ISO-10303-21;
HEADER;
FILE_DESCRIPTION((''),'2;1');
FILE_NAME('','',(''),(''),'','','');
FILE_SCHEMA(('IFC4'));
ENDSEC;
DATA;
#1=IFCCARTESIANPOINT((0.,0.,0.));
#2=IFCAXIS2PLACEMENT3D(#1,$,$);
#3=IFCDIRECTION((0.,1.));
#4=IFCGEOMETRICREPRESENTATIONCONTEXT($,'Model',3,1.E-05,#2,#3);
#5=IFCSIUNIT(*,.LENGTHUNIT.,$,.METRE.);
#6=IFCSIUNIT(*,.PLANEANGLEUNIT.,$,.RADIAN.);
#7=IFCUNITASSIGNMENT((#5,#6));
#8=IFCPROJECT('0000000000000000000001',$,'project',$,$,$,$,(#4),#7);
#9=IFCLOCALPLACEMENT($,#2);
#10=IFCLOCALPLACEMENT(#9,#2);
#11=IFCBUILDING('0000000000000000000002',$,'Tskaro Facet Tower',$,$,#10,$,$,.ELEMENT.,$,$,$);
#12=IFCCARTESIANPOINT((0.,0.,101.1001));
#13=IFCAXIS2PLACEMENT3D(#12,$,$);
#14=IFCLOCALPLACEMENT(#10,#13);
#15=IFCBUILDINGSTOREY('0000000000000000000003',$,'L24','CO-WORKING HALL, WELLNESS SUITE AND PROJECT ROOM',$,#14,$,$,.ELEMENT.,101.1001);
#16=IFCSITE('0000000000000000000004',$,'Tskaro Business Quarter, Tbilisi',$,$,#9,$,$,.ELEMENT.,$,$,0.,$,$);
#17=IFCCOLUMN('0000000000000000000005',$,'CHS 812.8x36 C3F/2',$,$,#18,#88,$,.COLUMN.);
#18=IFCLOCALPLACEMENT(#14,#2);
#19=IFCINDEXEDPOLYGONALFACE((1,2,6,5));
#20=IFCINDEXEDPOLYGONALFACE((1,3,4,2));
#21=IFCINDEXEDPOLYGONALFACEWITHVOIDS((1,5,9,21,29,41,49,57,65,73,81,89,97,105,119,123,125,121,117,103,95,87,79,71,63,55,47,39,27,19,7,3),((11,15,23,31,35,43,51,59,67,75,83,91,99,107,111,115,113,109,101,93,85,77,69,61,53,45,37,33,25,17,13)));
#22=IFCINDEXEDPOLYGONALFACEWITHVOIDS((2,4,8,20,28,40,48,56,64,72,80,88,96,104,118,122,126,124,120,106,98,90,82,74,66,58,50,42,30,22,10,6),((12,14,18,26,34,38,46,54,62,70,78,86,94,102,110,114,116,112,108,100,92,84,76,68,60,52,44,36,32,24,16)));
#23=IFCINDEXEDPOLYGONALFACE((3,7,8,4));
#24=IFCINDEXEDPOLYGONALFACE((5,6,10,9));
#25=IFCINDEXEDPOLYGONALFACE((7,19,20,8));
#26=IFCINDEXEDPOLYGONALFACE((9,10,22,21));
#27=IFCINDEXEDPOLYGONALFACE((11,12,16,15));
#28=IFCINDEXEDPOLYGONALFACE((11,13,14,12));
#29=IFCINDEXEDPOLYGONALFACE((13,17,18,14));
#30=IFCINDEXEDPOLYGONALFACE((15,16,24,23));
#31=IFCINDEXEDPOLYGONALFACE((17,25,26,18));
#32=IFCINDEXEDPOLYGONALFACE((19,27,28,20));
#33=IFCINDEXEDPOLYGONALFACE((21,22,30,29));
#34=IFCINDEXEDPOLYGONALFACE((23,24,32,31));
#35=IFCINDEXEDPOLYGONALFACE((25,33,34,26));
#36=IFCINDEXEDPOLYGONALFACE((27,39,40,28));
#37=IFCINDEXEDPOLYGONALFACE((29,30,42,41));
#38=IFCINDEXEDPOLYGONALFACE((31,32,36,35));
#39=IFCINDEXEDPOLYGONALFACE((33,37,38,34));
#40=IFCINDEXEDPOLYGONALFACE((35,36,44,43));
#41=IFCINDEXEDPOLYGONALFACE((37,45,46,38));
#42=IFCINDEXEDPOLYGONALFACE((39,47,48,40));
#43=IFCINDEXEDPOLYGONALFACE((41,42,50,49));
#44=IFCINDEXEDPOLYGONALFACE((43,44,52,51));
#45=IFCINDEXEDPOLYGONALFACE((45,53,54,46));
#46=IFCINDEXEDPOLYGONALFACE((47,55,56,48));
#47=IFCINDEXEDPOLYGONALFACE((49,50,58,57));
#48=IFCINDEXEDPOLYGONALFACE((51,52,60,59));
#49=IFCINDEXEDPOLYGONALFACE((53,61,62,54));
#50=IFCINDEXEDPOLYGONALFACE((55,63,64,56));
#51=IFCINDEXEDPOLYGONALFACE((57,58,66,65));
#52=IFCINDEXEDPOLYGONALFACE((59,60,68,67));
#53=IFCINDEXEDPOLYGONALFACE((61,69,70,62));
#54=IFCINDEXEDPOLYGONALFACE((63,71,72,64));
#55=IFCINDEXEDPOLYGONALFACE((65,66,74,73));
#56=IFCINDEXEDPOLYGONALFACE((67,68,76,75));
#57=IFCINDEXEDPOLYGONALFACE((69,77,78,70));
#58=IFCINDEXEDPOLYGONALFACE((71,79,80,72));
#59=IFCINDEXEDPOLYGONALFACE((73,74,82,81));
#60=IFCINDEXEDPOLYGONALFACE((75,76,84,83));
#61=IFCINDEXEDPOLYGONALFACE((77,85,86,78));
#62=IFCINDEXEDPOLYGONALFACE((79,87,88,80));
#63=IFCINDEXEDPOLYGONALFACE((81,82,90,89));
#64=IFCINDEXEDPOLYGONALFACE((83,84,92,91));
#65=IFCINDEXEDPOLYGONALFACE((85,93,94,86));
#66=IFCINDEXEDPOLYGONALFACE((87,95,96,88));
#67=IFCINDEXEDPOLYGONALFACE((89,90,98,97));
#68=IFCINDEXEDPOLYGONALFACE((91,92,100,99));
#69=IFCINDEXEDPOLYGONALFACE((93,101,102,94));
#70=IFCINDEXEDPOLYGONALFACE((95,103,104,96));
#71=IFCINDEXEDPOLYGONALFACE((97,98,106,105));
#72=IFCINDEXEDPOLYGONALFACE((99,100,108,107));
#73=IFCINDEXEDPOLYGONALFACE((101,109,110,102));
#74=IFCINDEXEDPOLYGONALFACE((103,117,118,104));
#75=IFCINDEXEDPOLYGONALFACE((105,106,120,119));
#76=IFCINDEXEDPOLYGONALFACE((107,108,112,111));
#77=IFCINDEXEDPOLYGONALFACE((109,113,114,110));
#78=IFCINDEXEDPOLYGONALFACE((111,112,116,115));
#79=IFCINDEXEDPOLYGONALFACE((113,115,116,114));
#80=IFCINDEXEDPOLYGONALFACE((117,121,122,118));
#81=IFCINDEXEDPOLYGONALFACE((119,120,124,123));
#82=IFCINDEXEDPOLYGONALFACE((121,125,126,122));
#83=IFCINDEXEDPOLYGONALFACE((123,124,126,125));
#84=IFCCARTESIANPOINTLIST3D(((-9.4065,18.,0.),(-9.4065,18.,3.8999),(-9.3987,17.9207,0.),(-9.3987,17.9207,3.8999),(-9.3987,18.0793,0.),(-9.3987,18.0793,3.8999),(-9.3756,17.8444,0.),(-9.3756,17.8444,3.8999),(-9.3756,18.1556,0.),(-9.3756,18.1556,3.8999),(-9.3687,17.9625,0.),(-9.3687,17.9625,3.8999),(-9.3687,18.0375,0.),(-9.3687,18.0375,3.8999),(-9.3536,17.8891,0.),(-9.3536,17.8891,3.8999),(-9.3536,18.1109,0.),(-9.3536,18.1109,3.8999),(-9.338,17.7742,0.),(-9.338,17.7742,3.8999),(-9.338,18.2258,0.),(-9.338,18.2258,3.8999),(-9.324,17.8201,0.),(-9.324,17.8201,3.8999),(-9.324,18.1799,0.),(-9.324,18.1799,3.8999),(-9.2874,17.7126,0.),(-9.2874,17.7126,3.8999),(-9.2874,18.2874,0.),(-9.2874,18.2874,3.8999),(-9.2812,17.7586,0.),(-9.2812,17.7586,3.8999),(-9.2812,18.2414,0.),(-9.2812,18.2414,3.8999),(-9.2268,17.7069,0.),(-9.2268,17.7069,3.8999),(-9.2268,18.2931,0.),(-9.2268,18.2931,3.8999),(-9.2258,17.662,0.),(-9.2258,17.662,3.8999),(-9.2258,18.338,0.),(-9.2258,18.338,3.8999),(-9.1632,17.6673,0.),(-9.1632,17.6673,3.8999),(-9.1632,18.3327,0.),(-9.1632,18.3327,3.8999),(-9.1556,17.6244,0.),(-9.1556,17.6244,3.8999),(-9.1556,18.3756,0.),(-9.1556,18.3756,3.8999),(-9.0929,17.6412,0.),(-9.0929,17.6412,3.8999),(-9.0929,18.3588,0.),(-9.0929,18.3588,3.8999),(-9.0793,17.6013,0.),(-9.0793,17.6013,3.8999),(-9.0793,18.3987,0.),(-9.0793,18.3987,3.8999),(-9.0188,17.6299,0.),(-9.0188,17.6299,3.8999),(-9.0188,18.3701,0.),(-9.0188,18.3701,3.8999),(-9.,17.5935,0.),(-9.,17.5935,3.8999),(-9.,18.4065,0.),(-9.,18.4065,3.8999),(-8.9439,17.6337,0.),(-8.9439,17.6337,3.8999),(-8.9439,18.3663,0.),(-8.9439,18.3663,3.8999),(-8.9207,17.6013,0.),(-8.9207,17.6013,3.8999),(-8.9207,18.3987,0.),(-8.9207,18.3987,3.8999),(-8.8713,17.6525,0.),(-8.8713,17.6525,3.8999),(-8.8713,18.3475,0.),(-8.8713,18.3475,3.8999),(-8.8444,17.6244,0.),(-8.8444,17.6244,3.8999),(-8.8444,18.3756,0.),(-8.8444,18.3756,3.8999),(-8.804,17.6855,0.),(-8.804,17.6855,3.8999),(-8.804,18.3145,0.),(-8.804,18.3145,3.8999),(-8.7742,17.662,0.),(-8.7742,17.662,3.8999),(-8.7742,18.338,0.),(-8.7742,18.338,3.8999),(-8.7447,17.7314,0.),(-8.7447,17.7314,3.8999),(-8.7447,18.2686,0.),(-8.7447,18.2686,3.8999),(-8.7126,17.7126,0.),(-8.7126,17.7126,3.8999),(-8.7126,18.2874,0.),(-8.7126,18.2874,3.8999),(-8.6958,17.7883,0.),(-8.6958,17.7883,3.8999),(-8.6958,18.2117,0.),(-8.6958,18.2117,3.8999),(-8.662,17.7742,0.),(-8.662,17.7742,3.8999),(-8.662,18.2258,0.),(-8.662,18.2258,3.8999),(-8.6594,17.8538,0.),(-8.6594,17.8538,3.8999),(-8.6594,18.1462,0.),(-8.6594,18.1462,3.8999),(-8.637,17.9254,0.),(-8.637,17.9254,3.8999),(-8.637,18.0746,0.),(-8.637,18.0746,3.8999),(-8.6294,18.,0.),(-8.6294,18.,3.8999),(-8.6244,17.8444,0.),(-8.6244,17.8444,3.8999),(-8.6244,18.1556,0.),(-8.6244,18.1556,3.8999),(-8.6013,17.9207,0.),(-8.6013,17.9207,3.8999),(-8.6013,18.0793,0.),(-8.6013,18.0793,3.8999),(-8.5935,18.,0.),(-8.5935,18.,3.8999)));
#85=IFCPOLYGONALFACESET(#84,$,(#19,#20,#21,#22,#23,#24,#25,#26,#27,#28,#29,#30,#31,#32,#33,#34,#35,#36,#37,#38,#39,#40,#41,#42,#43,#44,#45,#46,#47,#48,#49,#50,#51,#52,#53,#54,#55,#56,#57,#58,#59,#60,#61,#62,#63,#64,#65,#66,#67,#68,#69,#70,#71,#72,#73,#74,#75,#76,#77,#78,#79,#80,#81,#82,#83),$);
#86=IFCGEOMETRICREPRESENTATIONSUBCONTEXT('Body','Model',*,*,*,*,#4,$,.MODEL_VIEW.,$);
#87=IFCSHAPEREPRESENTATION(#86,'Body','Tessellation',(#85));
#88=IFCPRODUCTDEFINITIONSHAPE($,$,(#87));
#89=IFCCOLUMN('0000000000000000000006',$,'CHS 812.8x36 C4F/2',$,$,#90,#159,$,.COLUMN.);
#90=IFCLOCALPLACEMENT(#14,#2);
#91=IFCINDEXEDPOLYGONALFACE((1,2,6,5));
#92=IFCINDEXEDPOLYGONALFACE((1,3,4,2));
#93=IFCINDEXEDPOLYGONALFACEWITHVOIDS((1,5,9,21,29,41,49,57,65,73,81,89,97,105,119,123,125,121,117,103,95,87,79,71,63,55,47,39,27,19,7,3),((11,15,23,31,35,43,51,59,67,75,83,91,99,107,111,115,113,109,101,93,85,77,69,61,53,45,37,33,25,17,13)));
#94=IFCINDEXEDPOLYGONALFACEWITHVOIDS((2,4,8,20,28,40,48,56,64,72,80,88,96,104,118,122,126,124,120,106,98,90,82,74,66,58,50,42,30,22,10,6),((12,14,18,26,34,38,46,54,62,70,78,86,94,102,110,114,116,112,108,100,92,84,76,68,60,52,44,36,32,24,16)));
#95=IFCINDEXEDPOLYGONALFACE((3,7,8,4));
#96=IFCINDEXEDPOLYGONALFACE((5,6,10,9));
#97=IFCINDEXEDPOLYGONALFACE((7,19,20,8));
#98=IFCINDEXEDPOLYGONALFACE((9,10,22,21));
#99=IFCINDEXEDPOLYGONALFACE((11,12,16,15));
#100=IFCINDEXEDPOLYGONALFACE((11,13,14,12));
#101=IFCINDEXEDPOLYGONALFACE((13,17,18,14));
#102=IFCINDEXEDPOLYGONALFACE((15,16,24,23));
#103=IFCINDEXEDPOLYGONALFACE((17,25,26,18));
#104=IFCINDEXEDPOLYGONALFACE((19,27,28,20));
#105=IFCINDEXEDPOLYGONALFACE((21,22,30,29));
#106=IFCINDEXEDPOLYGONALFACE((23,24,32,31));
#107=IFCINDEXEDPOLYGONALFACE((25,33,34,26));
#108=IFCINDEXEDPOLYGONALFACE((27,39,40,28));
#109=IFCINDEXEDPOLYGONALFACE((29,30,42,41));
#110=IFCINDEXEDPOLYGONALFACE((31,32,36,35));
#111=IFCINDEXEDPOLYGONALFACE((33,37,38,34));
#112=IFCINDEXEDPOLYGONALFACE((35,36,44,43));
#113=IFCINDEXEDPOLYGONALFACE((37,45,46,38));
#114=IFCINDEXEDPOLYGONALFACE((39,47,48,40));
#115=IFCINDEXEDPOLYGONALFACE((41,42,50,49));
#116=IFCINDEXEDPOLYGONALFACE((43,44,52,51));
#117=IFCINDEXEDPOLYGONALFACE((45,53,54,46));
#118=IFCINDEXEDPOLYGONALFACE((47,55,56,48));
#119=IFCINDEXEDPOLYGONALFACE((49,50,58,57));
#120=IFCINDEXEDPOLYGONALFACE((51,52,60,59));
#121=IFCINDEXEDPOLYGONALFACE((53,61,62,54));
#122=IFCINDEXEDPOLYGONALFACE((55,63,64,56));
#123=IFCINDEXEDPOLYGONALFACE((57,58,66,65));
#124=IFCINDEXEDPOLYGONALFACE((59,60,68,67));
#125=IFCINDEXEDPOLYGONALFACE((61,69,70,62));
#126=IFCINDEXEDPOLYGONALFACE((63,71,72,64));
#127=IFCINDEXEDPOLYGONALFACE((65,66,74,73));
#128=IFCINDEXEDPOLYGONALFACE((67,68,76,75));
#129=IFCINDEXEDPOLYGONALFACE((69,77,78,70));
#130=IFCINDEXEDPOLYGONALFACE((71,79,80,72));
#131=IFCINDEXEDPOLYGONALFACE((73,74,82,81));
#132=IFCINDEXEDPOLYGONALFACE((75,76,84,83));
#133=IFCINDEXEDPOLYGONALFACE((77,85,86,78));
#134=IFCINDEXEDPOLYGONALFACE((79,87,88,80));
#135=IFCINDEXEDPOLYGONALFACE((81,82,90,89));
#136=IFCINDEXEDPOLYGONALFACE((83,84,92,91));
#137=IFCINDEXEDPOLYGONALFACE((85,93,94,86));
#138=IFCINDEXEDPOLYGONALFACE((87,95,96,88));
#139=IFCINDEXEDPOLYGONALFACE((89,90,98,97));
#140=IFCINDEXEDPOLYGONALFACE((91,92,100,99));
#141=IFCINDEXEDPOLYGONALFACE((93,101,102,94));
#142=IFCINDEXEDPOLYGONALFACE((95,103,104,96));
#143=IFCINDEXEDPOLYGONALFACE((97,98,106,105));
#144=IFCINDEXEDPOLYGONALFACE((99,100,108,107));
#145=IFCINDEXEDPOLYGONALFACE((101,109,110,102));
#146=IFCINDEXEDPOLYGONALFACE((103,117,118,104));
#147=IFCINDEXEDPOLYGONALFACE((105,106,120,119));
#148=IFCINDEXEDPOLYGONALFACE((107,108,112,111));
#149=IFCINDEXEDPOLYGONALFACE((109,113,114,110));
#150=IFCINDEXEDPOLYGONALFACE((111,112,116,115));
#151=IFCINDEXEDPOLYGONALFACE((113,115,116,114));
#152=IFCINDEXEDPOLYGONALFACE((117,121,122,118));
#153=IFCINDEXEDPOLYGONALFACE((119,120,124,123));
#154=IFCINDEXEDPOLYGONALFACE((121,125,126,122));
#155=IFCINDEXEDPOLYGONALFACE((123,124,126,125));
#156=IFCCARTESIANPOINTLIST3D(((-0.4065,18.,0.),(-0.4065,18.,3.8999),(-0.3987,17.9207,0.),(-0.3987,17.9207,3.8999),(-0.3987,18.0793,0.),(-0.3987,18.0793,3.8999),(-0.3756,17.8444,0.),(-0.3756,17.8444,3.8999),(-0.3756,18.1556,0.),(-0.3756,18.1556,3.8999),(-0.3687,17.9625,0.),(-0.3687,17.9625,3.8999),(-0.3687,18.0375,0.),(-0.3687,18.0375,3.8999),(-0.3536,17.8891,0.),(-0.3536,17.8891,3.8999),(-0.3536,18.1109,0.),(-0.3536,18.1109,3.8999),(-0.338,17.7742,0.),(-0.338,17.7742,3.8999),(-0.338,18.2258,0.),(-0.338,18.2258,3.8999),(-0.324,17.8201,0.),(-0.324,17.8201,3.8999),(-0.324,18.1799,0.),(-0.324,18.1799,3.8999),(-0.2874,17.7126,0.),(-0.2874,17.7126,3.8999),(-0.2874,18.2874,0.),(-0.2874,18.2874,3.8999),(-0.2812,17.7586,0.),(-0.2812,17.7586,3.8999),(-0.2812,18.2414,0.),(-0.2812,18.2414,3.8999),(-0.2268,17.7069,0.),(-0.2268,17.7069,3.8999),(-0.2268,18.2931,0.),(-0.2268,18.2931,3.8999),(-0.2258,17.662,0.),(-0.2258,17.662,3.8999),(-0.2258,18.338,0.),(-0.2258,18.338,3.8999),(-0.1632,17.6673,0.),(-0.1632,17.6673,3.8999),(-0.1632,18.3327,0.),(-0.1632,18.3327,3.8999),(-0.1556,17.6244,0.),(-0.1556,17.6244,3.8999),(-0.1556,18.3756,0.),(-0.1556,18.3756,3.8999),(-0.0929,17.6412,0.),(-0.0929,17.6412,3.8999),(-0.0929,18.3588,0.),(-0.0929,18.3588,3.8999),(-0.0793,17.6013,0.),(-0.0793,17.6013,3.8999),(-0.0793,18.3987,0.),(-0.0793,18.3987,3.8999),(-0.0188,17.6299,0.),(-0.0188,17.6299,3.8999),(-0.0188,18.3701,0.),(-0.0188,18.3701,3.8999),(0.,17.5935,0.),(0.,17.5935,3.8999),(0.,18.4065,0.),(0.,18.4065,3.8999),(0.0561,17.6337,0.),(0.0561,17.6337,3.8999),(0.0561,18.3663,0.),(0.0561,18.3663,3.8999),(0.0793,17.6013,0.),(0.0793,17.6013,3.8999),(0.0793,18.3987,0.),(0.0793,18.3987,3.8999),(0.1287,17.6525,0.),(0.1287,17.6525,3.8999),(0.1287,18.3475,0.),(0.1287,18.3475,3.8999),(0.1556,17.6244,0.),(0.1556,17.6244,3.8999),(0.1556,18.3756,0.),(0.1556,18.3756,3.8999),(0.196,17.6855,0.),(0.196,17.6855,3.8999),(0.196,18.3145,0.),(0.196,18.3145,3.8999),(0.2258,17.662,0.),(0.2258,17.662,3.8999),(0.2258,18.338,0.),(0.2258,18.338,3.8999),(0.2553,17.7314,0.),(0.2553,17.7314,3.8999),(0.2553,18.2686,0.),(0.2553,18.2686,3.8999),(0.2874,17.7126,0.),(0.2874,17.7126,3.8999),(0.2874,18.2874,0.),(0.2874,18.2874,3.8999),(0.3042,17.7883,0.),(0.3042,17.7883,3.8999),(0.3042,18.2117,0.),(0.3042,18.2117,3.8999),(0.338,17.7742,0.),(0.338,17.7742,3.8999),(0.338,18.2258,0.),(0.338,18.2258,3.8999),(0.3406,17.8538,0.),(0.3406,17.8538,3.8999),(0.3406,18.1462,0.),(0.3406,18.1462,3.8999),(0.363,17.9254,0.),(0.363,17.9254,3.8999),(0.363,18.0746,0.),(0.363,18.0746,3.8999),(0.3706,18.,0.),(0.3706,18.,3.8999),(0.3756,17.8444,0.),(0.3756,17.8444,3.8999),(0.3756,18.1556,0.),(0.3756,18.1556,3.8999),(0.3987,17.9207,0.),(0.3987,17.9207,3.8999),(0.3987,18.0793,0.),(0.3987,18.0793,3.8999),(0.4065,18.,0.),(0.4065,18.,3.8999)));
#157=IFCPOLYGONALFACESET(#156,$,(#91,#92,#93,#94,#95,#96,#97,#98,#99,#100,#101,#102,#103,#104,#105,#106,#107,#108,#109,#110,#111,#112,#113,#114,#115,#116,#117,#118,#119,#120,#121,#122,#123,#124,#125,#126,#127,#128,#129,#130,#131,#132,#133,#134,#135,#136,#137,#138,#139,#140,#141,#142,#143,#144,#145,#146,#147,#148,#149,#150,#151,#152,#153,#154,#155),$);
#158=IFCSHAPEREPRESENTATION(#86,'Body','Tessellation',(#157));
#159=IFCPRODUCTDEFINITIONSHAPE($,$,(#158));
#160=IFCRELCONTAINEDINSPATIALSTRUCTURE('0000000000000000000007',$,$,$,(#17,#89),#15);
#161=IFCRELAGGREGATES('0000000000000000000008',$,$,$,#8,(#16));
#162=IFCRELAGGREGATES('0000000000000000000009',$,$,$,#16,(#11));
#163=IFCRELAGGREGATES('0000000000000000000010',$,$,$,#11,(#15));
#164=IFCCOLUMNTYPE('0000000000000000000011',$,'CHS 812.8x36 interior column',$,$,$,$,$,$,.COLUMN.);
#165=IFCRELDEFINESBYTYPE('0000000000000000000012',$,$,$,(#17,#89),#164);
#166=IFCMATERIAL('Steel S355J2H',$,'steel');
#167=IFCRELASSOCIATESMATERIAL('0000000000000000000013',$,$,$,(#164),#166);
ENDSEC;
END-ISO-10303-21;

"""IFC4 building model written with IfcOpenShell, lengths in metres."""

from ifc_helpers import new_model, si_unit, direction, frame, origin, origin_2d, place, context, subcontext, project, spatial, hollow_circle, extrude, material, material_profile, profile_set, type_object, element, save


model = new_model("IFC4")

# Units and contexts
model_context = context("Model", 3, precision=1e-05, world=origin(), true_north=direction((0.0, 1.0)))
body_context = subcontext(model_context, "Body", "Model", "MODEL_VIEW")
ifc_project = project(units=[si_unit("LENGTHUNIT", "METRE"), si_unit("PLANEANGLEUNIT", "RADIAN")], contexts=[model_context])

# Site, building, storey
site_placement = place(None, origin())
site = spatial("IfcSite", under=ifc_project, at=site_placement, Name="Tskaro Business Quarter, Tbilisi", CompositionType="ELEMENT", RefElevation=0.0)
building_placement = place(site_placement, origin())
building = spatial("IfcBuilding", under=site, at=building_placement, Name="Tskaro Facet Tower", CompositionType="ELEMENT")
storey_placement = place(building_placement, frame((0.0, 0.0, 101.1001)))
storey = spatial("IfcBuildingStorey", under=building, at=storey_placement, Name="L24", Description="CO-WORKING HALL, WELLNESS SUITE AND PROJECT ROOM", CompositionType="ELEMENT", Elevation=101.1001)

# Columns
ifc_material_1 = material(Name="Steel S355J2H", Category="steel")
ifc_material_profile_1 = material_profile(ifc_material_1, hollow_circle(Radius=0.4065, WallThickness=0.0359, at=origin_2d()), Name="CHS 812.8x36")
ifc_profile_set_1 = profile_set([ifc_material_profile_1], Name="Steel S355J2H")
column_type_1 = type_object("IfcColumnType", Name="CHS 812.8x36 interior column", PredefinedType="COLUMN", material=ifc_profile_set_1)
for number, where, z_axis, x_axis, name in (
    (1, (-9.0, 18.0, 0.0), (0.0, 0.0, 1.0), (1.0, 0.0, 0.0), "CHS 812.8x36 C3F/2"),
    (2, (0.0, 18.0, 0.0), (0.0, 0.0, 1.0), (1.0, 0.0, 0.0), "CHS 812.8x36 C4F/2"),
):
    element("IfcColumn", number, at=place(storey_placement, frame(where, z_axis=z_axis, x_axis=x_axis)), inside=storey, type_object=column_type_1, Name=name, PredefinedType="COLUMN", context=body_context, shape_type="SweptSolid", body=[
        extrude(hollow_circle(Radius=0.4065, WallThickness=0.0359, at=origin_2d()), origin(), (0.0, 0.0, 1.0), 3.8999),
    ])

save(model, "model.ifc")
